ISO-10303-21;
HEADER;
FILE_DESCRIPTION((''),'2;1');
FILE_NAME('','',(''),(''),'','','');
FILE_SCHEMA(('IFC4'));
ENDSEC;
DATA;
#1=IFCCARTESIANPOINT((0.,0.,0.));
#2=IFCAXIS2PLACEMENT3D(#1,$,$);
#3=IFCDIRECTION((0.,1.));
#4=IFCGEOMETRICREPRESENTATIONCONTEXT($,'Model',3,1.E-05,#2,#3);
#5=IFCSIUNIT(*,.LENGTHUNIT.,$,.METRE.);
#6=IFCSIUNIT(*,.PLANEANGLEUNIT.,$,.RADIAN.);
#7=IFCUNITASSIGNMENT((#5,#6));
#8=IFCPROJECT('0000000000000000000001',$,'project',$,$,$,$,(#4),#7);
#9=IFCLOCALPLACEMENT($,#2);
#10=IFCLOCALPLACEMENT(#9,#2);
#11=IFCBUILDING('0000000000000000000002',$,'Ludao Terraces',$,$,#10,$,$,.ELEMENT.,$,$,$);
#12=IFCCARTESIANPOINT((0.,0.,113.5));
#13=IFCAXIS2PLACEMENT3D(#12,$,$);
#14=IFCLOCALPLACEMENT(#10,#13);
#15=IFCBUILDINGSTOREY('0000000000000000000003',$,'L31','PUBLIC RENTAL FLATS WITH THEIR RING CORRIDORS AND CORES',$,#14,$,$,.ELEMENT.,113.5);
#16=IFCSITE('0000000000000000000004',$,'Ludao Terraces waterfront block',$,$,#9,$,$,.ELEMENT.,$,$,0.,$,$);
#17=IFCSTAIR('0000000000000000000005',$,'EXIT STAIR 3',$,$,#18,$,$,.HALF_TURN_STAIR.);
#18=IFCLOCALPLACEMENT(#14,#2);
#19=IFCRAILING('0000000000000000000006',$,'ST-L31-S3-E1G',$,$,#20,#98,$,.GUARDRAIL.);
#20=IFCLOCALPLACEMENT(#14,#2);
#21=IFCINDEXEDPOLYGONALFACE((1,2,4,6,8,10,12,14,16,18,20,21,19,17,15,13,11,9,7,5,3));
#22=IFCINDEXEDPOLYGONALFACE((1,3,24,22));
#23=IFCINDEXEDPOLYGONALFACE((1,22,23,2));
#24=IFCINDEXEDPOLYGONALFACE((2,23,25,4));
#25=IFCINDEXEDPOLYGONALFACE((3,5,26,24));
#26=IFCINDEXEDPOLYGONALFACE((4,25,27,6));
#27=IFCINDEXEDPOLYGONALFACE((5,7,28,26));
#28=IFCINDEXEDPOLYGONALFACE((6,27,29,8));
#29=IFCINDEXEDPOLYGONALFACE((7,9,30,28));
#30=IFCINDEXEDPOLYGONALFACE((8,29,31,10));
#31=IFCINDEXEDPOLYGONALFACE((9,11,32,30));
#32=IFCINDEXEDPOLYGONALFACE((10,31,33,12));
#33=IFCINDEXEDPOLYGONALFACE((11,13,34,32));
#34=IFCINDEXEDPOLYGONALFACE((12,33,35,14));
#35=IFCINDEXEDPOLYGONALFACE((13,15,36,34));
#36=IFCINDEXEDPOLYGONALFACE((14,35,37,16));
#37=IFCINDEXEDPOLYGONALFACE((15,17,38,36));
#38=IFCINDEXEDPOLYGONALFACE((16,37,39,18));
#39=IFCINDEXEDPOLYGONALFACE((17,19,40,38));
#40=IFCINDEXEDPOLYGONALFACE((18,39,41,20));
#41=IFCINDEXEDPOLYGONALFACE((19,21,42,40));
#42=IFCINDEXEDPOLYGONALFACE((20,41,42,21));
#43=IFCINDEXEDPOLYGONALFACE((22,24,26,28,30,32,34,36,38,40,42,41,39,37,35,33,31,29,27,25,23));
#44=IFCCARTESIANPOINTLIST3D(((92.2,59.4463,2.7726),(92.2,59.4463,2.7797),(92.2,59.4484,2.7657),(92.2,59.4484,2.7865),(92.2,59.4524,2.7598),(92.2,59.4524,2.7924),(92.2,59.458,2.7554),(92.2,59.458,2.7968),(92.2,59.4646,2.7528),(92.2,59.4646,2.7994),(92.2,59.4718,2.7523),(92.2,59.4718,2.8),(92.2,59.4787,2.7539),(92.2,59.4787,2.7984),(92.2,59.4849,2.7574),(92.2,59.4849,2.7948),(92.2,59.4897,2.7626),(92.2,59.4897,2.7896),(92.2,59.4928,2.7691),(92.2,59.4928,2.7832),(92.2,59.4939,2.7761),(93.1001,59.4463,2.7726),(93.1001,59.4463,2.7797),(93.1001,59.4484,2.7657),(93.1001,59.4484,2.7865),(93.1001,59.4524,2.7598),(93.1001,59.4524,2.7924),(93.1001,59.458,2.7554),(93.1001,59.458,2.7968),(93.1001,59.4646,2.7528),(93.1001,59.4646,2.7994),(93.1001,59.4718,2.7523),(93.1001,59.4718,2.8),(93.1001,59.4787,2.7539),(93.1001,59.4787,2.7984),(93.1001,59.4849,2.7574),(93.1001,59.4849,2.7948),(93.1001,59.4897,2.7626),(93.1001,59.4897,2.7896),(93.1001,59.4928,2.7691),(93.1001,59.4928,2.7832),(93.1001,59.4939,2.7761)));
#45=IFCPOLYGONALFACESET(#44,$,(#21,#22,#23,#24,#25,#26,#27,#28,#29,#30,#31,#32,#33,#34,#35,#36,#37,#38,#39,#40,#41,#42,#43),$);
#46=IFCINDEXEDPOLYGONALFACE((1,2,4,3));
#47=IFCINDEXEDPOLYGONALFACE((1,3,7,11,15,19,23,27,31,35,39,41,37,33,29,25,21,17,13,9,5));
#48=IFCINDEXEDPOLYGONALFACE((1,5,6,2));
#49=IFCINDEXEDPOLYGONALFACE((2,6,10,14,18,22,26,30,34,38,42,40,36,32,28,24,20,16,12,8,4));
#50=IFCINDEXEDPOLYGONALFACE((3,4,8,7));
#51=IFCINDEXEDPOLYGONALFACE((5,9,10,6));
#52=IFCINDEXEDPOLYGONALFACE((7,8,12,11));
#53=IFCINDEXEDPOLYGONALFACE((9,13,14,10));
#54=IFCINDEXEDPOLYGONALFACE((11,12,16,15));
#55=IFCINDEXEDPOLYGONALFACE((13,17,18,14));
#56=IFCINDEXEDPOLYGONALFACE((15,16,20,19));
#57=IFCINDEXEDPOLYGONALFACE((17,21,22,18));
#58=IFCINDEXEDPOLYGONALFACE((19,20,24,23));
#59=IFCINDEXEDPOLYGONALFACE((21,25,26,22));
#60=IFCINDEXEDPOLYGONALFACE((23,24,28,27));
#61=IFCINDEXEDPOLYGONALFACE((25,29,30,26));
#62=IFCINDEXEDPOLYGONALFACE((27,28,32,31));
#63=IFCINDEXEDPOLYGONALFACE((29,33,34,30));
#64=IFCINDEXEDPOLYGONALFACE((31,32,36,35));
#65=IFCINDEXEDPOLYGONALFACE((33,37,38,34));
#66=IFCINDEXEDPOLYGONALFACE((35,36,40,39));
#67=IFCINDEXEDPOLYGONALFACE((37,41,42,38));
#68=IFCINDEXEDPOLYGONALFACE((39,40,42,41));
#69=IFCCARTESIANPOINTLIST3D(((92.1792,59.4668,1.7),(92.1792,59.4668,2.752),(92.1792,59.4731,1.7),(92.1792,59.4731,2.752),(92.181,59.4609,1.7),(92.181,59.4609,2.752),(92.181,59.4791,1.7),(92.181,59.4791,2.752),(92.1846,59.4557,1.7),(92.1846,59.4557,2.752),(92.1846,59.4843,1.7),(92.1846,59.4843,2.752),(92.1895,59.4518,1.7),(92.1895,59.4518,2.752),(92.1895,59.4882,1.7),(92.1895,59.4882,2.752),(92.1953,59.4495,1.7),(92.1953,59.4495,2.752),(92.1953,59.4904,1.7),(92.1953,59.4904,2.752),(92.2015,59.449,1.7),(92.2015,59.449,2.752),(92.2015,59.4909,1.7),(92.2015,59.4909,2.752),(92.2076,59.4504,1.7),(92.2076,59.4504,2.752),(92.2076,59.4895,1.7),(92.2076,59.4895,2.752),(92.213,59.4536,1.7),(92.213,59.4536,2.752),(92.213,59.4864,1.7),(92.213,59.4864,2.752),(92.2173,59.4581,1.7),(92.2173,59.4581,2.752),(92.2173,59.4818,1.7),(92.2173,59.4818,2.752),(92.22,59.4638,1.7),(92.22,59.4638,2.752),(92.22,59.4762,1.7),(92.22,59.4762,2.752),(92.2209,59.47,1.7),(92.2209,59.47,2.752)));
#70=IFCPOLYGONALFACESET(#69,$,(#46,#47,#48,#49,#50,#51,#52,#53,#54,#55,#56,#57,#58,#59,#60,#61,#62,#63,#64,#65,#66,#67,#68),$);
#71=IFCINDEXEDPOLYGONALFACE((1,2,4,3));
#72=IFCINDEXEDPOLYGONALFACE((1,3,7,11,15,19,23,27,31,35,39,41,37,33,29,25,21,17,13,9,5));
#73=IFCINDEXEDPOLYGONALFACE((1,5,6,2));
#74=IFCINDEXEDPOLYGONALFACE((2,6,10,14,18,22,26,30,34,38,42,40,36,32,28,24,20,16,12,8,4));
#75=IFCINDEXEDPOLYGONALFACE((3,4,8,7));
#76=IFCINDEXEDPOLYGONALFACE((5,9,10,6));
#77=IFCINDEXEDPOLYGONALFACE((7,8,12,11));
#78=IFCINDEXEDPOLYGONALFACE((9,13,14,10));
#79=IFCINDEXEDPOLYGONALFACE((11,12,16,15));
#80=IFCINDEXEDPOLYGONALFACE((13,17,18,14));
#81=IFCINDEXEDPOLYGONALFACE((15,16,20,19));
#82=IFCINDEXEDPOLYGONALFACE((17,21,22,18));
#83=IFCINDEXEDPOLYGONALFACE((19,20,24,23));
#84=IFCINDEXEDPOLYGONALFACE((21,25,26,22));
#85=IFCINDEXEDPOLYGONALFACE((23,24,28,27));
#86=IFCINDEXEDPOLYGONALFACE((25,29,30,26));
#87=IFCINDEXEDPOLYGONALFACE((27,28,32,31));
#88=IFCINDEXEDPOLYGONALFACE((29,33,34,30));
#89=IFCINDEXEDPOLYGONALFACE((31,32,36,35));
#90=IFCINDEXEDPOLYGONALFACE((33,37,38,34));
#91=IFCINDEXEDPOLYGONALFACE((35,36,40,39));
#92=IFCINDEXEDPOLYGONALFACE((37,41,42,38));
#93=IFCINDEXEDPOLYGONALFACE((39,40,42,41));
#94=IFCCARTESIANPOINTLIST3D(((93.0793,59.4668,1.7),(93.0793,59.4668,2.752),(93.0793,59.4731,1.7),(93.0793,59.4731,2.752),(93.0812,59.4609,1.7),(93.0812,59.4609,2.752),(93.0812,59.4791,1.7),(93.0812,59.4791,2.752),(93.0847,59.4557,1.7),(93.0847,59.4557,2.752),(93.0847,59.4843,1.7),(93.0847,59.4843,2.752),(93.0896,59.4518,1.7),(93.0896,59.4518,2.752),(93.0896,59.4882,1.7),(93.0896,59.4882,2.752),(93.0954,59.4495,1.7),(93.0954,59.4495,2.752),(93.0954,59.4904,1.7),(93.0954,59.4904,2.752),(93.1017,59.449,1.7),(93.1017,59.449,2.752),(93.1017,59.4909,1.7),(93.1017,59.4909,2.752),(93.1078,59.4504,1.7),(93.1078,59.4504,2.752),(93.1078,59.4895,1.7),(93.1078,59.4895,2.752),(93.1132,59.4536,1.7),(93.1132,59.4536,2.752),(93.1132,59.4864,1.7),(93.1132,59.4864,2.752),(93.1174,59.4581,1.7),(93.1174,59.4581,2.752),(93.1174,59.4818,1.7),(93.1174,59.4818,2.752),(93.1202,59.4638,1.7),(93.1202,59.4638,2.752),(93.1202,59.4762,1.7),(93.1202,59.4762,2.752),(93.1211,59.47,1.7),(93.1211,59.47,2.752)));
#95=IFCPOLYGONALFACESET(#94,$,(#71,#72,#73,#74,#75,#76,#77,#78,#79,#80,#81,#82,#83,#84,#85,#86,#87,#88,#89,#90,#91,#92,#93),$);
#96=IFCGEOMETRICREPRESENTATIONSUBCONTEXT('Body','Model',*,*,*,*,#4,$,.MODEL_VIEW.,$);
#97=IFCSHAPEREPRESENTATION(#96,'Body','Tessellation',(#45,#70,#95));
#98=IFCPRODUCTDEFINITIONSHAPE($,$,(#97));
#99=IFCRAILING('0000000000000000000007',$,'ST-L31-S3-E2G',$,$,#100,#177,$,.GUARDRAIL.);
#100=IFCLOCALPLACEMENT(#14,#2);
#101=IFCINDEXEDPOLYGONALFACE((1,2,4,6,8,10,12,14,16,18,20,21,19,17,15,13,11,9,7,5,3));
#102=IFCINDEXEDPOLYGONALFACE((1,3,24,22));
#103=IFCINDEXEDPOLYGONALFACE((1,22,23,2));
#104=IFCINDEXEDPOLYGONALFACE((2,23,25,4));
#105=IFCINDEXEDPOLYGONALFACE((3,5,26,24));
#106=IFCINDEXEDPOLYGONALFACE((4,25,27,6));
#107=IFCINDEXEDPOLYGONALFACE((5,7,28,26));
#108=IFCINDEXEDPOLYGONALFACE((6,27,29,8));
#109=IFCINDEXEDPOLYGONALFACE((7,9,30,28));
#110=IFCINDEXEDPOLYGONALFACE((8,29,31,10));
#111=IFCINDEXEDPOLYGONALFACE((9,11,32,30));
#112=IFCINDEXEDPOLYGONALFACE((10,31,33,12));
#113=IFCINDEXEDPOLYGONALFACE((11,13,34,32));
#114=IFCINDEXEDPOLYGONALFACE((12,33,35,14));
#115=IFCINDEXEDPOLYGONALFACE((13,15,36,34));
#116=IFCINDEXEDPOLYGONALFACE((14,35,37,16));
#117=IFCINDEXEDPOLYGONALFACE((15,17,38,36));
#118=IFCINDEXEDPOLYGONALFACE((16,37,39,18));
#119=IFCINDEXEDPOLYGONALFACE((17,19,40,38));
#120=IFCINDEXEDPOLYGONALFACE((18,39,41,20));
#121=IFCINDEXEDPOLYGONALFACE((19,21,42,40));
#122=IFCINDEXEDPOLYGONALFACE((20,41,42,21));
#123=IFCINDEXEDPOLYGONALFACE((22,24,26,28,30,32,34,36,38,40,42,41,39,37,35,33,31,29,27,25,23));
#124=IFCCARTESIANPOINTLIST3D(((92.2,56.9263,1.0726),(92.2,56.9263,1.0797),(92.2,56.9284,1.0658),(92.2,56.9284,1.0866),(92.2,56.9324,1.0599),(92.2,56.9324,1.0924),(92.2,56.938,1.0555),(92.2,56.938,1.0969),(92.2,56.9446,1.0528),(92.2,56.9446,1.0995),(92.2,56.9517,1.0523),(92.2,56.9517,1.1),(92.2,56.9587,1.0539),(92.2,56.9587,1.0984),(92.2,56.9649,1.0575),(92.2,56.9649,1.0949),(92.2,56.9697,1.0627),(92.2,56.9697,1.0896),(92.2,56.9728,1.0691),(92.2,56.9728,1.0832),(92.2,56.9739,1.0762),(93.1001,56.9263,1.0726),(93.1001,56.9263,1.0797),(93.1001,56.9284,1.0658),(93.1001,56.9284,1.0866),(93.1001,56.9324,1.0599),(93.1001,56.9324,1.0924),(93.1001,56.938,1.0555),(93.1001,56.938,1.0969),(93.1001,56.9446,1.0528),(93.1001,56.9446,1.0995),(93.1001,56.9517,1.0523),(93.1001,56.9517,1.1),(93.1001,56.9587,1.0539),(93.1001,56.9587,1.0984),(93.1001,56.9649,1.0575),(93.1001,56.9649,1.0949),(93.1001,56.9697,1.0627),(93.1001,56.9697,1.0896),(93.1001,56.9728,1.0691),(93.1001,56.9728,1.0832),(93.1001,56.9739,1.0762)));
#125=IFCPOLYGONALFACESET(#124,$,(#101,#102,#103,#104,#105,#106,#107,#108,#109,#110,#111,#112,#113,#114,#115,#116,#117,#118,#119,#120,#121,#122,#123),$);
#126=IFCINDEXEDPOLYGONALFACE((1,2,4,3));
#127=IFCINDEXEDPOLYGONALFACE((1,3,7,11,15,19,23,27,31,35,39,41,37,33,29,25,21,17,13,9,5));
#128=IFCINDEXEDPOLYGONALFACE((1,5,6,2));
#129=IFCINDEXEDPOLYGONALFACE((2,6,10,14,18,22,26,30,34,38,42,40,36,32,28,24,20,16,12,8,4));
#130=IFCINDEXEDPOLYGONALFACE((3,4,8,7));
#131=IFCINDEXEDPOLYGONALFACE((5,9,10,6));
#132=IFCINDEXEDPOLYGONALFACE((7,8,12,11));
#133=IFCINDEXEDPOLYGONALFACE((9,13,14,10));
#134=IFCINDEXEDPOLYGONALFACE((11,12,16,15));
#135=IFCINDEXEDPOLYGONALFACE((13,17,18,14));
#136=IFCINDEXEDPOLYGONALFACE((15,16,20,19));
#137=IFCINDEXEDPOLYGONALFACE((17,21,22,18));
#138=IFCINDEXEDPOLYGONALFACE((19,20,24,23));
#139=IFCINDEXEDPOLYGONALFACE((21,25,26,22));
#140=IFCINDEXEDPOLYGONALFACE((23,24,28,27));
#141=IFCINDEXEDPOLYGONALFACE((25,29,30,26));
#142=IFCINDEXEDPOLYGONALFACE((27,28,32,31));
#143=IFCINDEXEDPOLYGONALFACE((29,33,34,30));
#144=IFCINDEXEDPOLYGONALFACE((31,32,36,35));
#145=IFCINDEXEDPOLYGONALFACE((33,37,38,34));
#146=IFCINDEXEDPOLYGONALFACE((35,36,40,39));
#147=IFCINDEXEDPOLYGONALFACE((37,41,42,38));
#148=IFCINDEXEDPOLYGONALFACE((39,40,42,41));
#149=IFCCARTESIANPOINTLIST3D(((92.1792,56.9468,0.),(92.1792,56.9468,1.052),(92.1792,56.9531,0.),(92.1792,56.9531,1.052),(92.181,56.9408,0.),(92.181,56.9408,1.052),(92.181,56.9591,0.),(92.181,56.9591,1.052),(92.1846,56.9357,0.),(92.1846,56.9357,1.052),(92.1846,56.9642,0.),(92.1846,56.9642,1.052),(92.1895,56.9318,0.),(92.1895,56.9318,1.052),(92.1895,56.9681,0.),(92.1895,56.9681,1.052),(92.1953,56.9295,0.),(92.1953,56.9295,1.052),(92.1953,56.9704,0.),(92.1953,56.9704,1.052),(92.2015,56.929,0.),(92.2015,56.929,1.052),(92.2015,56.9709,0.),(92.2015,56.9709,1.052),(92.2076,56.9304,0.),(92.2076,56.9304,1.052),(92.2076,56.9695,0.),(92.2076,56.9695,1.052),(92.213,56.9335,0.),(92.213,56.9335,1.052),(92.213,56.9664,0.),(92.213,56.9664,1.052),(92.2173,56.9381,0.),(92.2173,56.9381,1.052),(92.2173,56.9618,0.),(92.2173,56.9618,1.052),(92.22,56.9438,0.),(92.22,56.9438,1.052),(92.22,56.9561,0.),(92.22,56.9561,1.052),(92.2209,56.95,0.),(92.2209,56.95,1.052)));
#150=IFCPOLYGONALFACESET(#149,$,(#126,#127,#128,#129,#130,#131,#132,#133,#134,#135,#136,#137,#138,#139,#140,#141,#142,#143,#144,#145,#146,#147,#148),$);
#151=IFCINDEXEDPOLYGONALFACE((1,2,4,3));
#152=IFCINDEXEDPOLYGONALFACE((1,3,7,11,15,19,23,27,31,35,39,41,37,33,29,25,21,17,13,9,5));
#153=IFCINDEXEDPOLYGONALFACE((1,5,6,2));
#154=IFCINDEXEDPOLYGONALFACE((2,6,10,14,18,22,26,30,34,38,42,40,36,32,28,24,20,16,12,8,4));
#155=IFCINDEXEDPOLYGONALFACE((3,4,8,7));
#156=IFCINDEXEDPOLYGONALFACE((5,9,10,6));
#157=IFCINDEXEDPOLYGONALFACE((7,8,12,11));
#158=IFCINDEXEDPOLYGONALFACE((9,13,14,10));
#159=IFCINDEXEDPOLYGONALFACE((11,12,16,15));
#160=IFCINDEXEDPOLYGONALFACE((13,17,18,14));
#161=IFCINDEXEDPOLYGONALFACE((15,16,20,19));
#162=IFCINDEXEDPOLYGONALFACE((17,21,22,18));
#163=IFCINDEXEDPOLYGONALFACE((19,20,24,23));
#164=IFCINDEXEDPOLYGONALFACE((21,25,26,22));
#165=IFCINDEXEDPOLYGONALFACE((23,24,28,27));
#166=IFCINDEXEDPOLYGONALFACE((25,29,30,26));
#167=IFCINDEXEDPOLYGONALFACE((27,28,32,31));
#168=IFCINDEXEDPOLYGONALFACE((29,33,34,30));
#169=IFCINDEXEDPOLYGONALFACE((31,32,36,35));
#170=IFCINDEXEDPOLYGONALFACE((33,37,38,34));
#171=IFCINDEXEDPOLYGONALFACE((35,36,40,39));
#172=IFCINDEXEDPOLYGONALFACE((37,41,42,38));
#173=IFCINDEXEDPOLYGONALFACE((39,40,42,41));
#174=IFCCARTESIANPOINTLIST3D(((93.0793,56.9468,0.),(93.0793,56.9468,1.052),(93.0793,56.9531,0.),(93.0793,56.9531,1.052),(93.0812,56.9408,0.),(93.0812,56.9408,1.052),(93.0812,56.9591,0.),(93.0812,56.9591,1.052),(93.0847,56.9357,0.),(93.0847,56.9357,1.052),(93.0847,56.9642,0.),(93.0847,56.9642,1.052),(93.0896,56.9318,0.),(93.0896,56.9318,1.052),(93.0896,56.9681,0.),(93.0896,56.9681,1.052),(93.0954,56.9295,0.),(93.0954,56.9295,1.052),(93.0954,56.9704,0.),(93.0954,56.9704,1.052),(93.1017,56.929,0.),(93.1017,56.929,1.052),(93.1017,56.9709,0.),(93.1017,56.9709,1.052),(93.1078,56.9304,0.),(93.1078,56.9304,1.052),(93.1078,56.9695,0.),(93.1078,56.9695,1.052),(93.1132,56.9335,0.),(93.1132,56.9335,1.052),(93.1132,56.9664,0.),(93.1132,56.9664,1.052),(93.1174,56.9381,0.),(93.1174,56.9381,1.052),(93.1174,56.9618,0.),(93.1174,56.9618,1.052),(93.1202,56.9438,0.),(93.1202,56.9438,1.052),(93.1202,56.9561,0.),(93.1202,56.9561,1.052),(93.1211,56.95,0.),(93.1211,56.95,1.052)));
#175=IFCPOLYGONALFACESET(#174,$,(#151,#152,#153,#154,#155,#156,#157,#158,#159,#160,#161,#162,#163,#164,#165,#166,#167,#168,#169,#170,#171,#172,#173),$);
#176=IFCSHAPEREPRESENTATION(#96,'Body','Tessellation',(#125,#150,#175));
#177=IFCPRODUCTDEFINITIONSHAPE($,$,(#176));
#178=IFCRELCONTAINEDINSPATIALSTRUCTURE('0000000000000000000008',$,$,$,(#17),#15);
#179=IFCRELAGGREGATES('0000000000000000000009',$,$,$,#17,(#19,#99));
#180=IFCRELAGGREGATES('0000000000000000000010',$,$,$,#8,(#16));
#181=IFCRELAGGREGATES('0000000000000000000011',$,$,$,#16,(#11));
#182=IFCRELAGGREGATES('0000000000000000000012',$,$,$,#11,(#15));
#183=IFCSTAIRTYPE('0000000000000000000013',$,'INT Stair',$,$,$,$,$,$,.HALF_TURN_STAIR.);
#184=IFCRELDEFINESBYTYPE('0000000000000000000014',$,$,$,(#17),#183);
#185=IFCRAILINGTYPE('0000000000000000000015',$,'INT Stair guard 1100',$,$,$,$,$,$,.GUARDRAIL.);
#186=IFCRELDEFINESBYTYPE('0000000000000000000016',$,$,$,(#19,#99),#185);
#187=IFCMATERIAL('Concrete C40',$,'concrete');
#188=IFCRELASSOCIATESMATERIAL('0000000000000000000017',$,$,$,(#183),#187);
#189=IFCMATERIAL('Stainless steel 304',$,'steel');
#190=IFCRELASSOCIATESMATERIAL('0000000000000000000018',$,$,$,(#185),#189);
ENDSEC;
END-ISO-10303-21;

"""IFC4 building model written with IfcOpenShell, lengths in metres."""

from ifc_helpers import new_model, si_unit, direction, frame, origin, origin_2d, place, context, subcontext, project, spatial, circle, extrude, material, type_object, element, aggregate, save


model = new_model("IFC4")

# Units and contexts
model_context = context("Model", 3, precision=1e-05, world=origin(), true_north=direction((0.0, 1.0)))
body_context = subcontext(model_context, "Body", "Model", "MODEL_VIEW")
ifc_project = project(units=[si_unit("LENGTHUNIT", "METRE"), si_unit("PLANEANGLEUNIT", "RADIAN")], contexts=[model_context])

# Site, building, storey
site_placement = place(None, origin())
site = spatial("IfcSite", under=ifc_project, at=site_placement, Name="Ludao Terraces waterfront block", CompositionType="ELEMENT", RefElevation=0.0)
building_placement = place(site_placement, origin())
building = spatial("IfcBuilding", under=site, at=building_placement, Name="Ludao Terraces", CompositionType="ELEMENT")
storey_placement = place(building_placement, frame((0.0, 0.0, 113.5)))
storey = spatial("IfcBuildingStorey", under=building, at=storey_placement, Name="L31", Description="PUBLIC RENTAL FLATS WITH THEIR RING CORRIDORS AND CORES", CompositionType="ELEMENT", Elevation=113.5)

# Shared definitions
ifc_material_1 = material(Name="Concrete C40", Category="concrete")

# Stair, railings
stair_type = type_object("IfcStairType", Name="INT Stair", PredefinedType="HALF_TURN_STAIR", material=ifc_material_1)
stair_placement = place(storey_placement, origin())
stair = element("IfcStair", 1, at=stair_placement, inside=storey, type_object=stair_type, Name="EXIT STAIR 3", PredefinedType="HALF_TURN_STAIR")
ifc_material_2 = material(Name="Stainless steel 304", Category="steel")
railing_type_1 = type_object("IfcRailingType", Name="INT Stair guard 1100", PredefinedType="GUARDRAIL", material=ifc_material_2)
railing_1_placement = place(storey_placement, frame((92.2, 59.47, 1.7)))
railing_1 = element("IfcRailing", 2, at=railing_1_placement, type_object=railing_type_1, Name="ST-L31-S3-E1G", PredefinedType="GUARDRAIL", context=body_context, shape_type="SweptSolid", body=[
    extrude(circle(Radius=0.0239, at=origin_2d()), frame((0.0, 0.0, 1.0762), z_axis=(1.0, 0.0, 0.0), x_axis=(0.0, 1.0, 0.0)), (0.0, 0.0, 1.0), 0.9001),
    extrude(circle(Radius=0.021, at=origin_2d()), origin(), (0.0, 0.0, 1.0), 1.052),
    extrude(circle(Radius=0.021, at=origin_2d()), frame((0.9001, 0.0, 0.0)), (0.0, 0.0, 1.0), 1.052),
])
railing_2_placement = place(storey_placement, frame((92.2, 56.95, 0.0)))
railing_2 = element("IfcRailing", 3, at=railing_2_placement, type_object=railing_type_1, Name="ST-L31-S3-E2G", PredefinedType="GUARDRAIL", context=body_context, shape_type="SweptSolid", body=[
    extrude(circle(Radius=0.0239, at=origin_2d()), frame((0.0, 0.0, 1.0762), z_axis=(1.0, 0.0, 0.0), x_axis=(0.0, 1.0, 0.0)), (0.0, 0.0, 1.0), 0.9001),
    extrude(circle(Radius=0.021, at=origin_2d()), origin(), (0.0, 0.0, 1.0), 1.052),
    extrude(circle(Radius=0.021, at=origin_2d()), frame((0.9001, 0.0, 0.0)), (0.0, 0.0, 1.0), 1.052),
])
aggregate(stair, [railing_1, railing_2])

save(model, "model.ifc")
